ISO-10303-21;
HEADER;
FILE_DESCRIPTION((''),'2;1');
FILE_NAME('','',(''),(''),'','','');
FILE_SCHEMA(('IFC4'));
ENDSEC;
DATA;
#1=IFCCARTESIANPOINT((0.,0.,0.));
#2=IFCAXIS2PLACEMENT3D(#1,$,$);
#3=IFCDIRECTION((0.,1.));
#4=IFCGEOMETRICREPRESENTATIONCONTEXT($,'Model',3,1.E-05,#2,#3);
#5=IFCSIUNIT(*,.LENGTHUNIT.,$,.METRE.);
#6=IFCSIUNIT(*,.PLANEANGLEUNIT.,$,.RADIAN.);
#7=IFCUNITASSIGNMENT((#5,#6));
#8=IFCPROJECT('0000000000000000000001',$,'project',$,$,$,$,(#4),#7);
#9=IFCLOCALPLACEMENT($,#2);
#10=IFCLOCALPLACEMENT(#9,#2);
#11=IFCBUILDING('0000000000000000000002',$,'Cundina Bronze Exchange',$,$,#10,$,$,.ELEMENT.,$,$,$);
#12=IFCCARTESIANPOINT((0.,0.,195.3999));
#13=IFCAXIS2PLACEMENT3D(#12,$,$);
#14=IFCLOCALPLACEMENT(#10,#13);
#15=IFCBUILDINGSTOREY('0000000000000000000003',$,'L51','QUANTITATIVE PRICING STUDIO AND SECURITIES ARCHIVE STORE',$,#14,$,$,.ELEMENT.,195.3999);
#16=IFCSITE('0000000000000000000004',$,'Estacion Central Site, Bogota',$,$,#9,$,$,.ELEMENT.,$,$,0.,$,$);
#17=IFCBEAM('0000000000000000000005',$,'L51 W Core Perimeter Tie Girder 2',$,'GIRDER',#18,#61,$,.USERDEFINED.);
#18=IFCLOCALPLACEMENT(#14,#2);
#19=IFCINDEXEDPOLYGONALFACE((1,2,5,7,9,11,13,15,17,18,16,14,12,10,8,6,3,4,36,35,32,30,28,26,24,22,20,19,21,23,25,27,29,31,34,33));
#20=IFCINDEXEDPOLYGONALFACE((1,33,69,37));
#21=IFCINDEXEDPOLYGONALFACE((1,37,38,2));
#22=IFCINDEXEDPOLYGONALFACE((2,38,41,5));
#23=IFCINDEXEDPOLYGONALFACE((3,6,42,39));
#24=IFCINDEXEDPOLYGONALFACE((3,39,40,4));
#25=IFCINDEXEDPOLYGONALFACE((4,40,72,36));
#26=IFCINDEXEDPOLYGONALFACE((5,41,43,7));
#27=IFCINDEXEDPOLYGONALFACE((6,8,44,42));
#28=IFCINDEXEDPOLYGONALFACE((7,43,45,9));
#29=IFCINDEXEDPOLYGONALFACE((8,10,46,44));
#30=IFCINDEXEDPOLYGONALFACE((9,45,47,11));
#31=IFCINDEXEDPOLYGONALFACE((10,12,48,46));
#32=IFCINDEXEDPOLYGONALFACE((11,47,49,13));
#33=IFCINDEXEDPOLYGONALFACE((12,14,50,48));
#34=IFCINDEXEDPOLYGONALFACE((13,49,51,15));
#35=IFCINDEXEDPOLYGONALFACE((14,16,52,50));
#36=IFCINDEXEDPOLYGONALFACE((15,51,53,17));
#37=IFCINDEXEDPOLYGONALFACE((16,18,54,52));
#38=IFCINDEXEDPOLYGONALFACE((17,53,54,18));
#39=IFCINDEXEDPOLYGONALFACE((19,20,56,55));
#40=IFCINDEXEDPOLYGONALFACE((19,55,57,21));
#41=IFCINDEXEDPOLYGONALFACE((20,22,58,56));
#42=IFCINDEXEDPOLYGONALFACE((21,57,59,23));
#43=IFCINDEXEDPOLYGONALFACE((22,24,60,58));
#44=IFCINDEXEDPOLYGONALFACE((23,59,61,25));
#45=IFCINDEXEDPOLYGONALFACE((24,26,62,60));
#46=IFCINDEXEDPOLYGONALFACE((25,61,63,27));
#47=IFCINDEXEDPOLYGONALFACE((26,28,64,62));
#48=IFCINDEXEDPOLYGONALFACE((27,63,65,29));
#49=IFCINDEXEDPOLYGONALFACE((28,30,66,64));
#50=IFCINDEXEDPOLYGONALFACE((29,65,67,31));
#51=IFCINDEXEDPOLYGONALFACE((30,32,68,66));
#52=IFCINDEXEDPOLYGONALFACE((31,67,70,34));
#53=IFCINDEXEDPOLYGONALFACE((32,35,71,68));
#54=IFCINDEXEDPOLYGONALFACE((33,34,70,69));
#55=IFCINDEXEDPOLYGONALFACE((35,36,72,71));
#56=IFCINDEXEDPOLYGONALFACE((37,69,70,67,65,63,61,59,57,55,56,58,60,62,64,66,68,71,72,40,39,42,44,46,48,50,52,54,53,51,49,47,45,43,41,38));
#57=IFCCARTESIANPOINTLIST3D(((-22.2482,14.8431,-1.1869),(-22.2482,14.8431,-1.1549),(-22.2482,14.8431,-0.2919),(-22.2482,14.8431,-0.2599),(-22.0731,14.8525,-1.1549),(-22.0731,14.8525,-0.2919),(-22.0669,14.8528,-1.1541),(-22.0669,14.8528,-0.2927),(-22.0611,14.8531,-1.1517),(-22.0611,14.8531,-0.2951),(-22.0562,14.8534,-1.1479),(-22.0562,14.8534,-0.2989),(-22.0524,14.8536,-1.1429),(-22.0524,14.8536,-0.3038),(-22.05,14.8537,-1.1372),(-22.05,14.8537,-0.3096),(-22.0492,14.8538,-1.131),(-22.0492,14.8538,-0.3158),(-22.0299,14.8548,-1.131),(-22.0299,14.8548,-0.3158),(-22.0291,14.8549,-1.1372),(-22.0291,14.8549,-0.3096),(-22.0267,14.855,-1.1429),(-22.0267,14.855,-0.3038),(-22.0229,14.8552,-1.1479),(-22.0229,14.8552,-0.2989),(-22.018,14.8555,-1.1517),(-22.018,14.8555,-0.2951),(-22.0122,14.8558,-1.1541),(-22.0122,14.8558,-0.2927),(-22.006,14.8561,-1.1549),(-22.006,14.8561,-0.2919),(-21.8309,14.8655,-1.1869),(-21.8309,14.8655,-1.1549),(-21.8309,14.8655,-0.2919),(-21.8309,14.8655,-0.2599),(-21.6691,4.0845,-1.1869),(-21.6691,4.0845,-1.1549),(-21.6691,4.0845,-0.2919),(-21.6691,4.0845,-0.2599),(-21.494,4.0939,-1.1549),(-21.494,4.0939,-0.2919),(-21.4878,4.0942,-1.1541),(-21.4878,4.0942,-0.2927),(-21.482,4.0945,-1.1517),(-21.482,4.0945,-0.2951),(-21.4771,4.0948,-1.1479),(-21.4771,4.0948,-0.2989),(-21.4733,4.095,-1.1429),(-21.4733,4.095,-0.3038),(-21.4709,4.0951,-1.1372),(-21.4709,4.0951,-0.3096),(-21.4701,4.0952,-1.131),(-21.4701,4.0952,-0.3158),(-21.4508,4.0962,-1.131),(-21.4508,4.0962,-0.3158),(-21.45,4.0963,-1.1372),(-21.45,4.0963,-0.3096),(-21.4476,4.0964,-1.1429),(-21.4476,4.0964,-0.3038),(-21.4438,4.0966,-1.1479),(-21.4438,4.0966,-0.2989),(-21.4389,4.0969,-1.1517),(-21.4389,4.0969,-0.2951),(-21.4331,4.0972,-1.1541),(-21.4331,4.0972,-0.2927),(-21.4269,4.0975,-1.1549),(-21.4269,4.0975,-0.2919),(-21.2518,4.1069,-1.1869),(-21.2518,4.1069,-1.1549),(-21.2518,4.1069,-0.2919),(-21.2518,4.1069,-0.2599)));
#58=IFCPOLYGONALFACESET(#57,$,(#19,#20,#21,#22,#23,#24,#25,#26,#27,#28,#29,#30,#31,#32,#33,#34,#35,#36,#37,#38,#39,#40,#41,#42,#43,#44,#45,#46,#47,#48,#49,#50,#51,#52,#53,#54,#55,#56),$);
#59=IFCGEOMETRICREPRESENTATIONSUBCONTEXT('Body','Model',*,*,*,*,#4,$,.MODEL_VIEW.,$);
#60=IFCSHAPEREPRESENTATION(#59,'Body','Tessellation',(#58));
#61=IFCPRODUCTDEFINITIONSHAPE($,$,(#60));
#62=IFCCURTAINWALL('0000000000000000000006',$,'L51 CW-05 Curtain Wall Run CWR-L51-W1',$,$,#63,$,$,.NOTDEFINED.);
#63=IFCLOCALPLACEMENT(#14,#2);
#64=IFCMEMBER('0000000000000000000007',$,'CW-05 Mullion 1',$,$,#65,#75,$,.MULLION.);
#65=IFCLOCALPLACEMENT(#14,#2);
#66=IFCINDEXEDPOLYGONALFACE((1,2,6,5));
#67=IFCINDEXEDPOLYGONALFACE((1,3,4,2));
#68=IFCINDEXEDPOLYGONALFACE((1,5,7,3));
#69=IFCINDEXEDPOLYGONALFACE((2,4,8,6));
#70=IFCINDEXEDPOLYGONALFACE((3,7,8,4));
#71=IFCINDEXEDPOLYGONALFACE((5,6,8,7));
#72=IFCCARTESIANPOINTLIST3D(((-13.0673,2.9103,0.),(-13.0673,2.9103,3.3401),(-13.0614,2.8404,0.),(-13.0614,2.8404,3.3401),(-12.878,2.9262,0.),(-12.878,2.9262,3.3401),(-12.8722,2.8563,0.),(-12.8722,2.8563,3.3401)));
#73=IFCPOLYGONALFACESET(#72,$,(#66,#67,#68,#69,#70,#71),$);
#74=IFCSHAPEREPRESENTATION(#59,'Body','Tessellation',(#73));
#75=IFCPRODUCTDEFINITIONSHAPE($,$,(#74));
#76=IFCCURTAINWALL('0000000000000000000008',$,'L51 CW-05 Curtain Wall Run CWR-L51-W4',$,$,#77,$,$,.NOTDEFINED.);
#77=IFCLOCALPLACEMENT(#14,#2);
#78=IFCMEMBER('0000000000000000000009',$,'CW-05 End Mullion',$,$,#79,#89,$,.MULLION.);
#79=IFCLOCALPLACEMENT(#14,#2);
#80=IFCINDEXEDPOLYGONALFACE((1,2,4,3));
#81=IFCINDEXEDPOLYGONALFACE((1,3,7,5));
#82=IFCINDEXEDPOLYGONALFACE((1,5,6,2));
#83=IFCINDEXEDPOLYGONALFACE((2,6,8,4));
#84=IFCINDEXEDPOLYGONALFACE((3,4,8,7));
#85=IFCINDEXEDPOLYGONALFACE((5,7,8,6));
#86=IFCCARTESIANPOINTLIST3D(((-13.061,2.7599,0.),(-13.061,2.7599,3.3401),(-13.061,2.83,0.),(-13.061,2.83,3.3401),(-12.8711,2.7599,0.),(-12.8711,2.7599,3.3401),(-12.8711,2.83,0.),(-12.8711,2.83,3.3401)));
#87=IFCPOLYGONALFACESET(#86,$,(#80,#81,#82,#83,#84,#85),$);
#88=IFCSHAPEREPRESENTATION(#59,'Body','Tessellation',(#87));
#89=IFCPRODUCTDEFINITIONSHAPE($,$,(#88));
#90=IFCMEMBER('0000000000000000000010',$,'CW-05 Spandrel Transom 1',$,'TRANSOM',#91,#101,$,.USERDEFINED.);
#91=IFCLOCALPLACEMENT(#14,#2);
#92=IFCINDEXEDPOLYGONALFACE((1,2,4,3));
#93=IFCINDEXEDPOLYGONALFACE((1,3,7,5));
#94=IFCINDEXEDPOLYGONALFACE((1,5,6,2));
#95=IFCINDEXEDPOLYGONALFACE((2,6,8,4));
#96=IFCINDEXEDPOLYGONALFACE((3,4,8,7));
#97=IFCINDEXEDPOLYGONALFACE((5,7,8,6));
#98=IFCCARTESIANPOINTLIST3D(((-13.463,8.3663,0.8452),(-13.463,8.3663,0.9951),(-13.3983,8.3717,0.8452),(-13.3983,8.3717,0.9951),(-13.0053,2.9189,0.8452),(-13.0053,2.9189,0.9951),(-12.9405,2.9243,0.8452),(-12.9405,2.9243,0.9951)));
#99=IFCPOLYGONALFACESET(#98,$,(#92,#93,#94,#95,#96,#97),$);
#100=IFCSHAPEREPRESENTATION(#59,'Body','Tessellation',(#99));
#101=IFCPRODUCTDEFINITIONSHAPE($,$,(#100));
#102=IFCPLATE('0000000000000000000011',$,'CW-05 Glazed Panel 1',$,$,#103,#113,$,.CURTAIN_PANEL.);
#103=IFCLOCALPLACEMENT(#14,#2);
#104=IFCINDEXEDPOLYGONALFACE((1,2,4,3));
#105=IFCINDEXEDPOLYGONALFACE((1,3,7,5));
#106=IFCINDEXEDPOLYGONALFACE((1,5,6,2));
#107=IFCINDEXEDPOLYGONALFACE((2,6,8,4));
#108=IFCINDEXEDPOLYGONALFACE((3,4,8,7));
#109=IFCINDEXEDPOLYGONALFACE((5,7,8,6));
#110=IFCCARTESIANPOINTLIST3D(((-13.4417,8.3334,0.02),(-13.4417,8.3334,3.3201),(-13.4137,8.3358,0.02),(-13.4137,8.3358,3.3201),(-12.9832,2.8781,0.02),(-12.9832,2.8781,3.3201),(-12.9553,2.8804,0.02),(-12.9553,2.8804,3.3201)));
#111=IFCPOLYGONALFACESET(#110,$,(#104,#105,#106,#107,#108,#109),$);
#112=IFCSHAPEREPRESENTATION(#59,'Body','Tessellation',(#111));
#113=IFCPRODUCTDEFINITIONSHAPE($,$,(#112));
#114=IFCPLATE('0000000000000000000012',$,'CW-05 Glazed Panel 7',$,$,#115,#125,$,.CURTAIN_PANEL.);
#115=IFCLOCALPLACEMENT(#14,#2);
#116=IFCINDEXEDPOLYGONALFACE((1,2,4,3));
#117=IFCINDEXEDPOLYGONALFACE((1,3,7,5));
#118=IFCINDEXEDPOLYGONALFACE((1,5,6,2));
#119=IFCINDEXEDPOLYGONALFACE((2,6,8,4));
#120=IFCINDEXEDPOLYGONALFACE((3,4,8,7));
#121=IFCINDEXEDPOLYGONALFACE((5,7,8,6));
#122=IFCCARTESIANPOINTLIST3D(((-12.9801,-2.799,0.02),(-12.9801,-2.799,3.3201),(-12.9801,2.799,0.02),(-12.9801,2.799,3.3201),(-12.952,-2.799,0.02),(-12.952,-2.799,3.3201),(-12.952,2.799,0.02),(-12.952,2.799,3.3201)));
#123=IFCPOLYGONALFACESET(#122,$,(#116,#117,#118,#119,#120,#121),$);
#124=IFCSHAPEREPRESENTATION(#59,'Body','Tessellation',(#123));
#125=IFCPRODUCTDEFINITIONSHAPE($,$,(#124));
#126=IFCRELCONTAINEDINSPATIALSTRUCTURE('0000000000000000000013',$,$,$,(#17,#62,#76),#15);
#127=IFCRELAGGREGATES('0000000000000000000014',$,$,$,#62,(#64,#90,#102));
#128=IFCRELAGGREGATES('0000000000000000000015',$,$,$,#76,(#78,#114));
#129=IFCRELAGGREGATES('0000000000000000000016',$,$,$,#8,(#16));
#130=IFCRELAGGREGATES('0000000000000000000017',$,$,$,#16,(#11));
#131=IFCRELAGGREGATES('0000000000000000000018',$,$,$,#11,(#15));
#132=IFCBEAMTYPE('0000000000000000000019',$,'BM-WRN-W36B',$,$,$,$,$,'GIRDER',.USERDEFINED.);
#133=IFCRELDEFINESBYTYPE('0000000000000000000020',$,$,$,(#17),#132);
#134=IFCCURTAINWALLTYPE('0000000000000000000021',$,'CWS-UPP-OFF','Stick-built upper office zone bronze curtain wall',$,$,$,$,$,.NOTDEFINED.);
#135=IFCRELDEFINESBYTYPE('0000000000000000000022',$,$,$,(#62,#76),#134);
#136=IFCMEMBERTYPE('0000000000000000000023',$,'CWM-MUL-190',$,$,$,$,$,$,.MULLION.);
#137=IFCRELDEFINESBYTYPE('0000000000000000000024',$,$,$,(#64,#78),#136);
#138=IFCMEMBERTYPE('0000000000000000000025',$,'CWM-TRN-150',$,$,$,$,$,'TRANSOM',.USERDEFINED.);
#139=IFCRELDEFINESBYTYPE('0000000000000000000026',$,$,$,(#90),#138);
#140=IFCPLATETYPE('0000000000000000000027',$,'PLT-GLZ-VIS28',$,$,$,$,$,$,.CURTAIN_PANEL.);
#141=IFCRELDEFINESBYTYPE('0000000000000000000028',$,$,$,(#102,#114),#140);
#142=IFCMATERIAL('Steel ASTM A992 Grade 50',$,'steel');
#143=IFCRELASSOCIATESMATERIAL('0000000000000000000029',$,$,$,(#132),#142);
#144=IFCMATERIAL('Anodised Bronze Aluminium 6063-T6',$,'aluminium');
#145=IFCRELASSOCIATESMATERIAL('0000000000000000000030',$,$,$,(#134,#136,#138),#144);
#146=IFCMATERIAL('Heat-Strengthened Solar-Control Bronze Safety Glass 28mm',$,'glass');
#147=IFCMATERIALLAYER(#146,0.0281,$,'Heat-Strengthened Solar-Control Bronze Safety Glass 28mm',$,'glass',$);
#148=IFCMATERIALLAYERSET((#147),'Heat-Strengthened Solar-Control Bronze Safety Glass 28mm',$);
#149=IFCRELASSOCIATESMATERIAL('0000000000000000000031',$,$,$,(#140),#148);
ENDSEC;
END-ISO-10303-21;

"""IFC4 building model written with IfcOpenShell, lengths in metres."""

from ifc_helpers import new_model, si_unit, direction, frame, origin, origin_2d, place, context, subcontext, project, spatial, rectangle, i_section, extrude, material, layer, layer_set, material_profile, profile_set, type_object, element, aggregate, save


model = new_model("IFC4")

# Units and contexts
model_context = context("Model", 3, precision=1e-05, world=origin(), true_north=direction((0.0, 1.0)))
body_context = subcontext(model_context, "Body", "Model", "MODEL_VIEW")
ifc_project = project(units=[si_unit("LENGTHUNIT", "METRE"), si_unit("PLANEANGLEUNIT", "RADIAN")], contexts=[model_context])

# Site, building, storey
site_placement = place(None, origin())
site = spatial("IfcSite", under=ifc_project, at=site_placement, Name="Estacion Central Site, Bogota", CompositionType="ELEMENT", RefElevation=0.0)
building_placement = place(site_placement, origin())
building = spatial("IfcBuilding", under=site, at=building_placement, Name="Cundina Bronze Exchange", CompositionType="ELEMENT")
storey_placement = place(building_placement, frame((0.0, 0.0, 195.3999)))
storey = spatial("IfcBuildingStorey", under=building, at=storey_placement, Name="L51", Description="QUANTITATIVE PRICING STUDIO AND SECURITIES ARCHIVE STORE", CompositionType="ELEMENT", Elevation=195.3999)

# Shared definitions
ifc_material_1 = material(Name="Steel ASTM A992 Grade 50", Category="steel")

# Beam
ifc_material_profile_1 = material_profile(ifc_material_1, i_section(OverallWidth=0.418, OverallDepth=0.927, WebThickness=0.0193, FlangeThickness=0.032, FilletRadius=0.0239, at=origin_2d()), Name="W36X231", Category="steel")
ifc_profile_set_1 = profile_set([ifc_material_profile_1], Name="Steel ASTM A992 Grade 50")
beam_type_1 = type_object("IfcBeamType", Name="BM-WRN-W36B", ElementType="GIRDER", PredefinedType="USERDEFINED", material=ifc_profile_set_1)
beam_1_placement = place(storey_placement, frame((-21.4604, 4.0957, -0.7234), z_axis=(-0.053749, 0.998554, 0.0), x_axis=(-0.998554, -0.053749, 0.0)))
element("IfcBeam", 1, at=beam_1_placement, inside=storey, type_object=beam_type_1, Name="L51 W Core Perimeter Tie Girder 2", ObjectType="GIRDER", PredefinedType="USERDEFINED", context=body_context, shape_type="SweptSolid", body=[
    extrude(i_section(OverallWidth=0.418, OverallDepth=0.927, WebThickness=0.0193, FlangeThickness=0.032, FilletRadius=0.0239, at=origin_2d()), origin(), (0.0, 0.0, 1.0), 10.7742),
])

# Curtain walls, members
ifc_material_2 = material(Name="Anodised Bronze Aluminium 6063-T6", Category="aluminium")
curtain_wall_type = type_object("IfcCurtainWallType", Name="CWS-UPP-OFF", Description="Stick-built upper office zone bronze curtain wall", PredefinedType="NOTDEFINED", material=ifc_material_2)
curtain_wall_1_placement = place(storey_placement, origin())
curtain_wall_1 = element("IfcCurtainWall", 2, at=curtain_wall_1_placement, inside=storey, type_object=curtain_wall_type, Name="L51 CW-05 Curtain Wall Run CWR-L51-W1", PredefinedType="NOTDEFINED")
ifc_material_profile_2 = material_profile(ifc_material_2, rectangle(XDim=0.0701, YDim=0.1899, at=origin_2d()), Name="AL70X190", Category="aluminium")
ifc_profile_set_2 = profile_set([ifc_material_profile_2], Name="Anodised Bronze Aluminium 6063-T6")
member_type_1 = type_object("IfcMemberType", Name="CWM-MUL-190", PredefinedType="MULLION", material=ifc_profile_set_2)
member_1_placement = place(storey_placement, frame((-12.9697, 2.8833, 0.0), z_axis=(0.0, 0.0, 1.0), x_axis=(-0.083678, 0.996493, 0.0)))
member_1 = element("IfcMember", 3, at=member_1_placement, type_object=member_type_1, Name="CW-05 Mullion 1", PredefinedType="MULLION", context=body_context, shape_type="SweptSolid", body=[
    extrude(rectangle(XDim=0.0701, YDim=0.1899, at=origin_2d()), origin(), (0.0, 0.0, 1.0), 3.3401),
])
curtain_wall_2_placement = place(storey_placement, origin())
curtain_wall_2 = element("IfcCurtainWall", 4, at=curtain_wall_2_placement, inside=storey, type_object=curtain_wall_type, Name="L51 CW-05 Curtain Wall Run CWR-L51-W4", PredefinedType="NOTDEFINED")
member_2_placement = place(storey_placement, frame((-12.9661, 2.7949, 0.0), z_axis=(0.0, 0.0, 1.0), x_axis=(0.0, 1.0, 0.0)))
member_2 = element("IfcMember", 5, at=member_2_placement, type_object=member_type_1, Name="CW-05 End Mullion", PredefinedType="MULLION", context=body_context, shape_type="SweptSolid", body=[
    extrude(rectangle(XDim=0.0701, YDim=0.1899, at=origin_2d()), origin(), (0.0, 0.0, 1.0), 3.3401),
])

# Member
ifc_material_profile_3 = material_profile(ifc_material_2, rectangle(XDim=0.0649, YDim=0.1499, at=origin_2d()), Name="AL65X150", Category="aluminium")
ifc_profile_set_3 = profile_set([ifc_material_profile_3], Name="Anodised Bronze Aluminium 6063-T6")
member_type_2 = type_object("IfcMemberType", Name="CWM-TRN-150", ElementType="TRANSOM", PredefinedType="USERDEFINED", material=ifc_profile_set_3)
member_3_placement = place(storey_placement, frame((-12.9729, 2.9216, 0.9202), z_axis=(-0.08374, 0.996488, 0.0), x_axis=(-0.996488, -0.08374, 0.0)))
member_3 = element("IfcMember", 6, at=member_3_placement, type_object=member_type_2, Name="CW-05 Spandrel Transom 1", ObjectType="TRANSOM", PredefinedType="USERDEFINED", context=body_context, shape_type="SweptSolid", body=[
    extrude(rectangle(XDim=0.0649, YDim=0.1499, at=origin_2d()), origin(), (0.0, 0.0, 1.0), 5.4666),
])

# Plates
ifc_material_3 = material(Name="Heat-Strengthened Solar-Control Bronze Safety Glass 28mm", Category="glass")
ifc_layer_1 = layer(ifc_material_3, 0.0281, Name="Heat-Strengthened Solar-Control Bronze Safety Glass 28mm", Category="glass")
ifc_layer_set_1 = layer_set([ifc_layer_1], Name="Heat-Strengthened Solar-Control Bronze Safety Glass 28mm")
plate_type = type_object("IfcPlateType", Name="PLT-GLZ-VIS28", PredefinedType="CURTAIN_PANEL", material=ifc_layer_set_1)
plate_1_placement = place(storey_placement, frame((-13.1985, 5.6069, 0.02), z_axis=(0.0, 0.0, 1.0), x_axis=(-0.083747, 0.996487, 0.0)))
plate_1 = element("IfcPlate", 7, at=plate_1_placement, type_object=plate_type, Name="CW-05 Glazed Panel 1", PredefinedType="CURTAIN_PANEL", context=body_context, shape_type="SweptSolid", body=[
    extrude(rectangle(XDim=5.4746, YDim=0.0281, at=origin_2d()), origin(), (0.0, 0.0, 1.0), 3.3),
])
aggregate(curtain_wall_1, [member_1, member_3, plate_1])
plate_2_placement = place(storey_placement, frame((-12.9661, 0.0, 0.02), z_axis=(0.0, 0.0, 1.0), x_axis=(0.0, 1.0, 0.0)))
plate_2 = element("IfcPlate", 8, at=plate_2_placement, type_object=plate_type, Name="CW-05 Glazed Panel 7", PredefinedType="CURTAIN_PANEL", context=body_context, shape_type="SweptSolid", body=[
    extrude(rectangle(XDim=5.5979, YDim=0.0281, at=origin_2d()), origin(), (0.0, 0.0, 1.0), 3.3),
])
aggregate(curtain_wall_2, [member_2, plate_2])

save(model, "model.ifc")
